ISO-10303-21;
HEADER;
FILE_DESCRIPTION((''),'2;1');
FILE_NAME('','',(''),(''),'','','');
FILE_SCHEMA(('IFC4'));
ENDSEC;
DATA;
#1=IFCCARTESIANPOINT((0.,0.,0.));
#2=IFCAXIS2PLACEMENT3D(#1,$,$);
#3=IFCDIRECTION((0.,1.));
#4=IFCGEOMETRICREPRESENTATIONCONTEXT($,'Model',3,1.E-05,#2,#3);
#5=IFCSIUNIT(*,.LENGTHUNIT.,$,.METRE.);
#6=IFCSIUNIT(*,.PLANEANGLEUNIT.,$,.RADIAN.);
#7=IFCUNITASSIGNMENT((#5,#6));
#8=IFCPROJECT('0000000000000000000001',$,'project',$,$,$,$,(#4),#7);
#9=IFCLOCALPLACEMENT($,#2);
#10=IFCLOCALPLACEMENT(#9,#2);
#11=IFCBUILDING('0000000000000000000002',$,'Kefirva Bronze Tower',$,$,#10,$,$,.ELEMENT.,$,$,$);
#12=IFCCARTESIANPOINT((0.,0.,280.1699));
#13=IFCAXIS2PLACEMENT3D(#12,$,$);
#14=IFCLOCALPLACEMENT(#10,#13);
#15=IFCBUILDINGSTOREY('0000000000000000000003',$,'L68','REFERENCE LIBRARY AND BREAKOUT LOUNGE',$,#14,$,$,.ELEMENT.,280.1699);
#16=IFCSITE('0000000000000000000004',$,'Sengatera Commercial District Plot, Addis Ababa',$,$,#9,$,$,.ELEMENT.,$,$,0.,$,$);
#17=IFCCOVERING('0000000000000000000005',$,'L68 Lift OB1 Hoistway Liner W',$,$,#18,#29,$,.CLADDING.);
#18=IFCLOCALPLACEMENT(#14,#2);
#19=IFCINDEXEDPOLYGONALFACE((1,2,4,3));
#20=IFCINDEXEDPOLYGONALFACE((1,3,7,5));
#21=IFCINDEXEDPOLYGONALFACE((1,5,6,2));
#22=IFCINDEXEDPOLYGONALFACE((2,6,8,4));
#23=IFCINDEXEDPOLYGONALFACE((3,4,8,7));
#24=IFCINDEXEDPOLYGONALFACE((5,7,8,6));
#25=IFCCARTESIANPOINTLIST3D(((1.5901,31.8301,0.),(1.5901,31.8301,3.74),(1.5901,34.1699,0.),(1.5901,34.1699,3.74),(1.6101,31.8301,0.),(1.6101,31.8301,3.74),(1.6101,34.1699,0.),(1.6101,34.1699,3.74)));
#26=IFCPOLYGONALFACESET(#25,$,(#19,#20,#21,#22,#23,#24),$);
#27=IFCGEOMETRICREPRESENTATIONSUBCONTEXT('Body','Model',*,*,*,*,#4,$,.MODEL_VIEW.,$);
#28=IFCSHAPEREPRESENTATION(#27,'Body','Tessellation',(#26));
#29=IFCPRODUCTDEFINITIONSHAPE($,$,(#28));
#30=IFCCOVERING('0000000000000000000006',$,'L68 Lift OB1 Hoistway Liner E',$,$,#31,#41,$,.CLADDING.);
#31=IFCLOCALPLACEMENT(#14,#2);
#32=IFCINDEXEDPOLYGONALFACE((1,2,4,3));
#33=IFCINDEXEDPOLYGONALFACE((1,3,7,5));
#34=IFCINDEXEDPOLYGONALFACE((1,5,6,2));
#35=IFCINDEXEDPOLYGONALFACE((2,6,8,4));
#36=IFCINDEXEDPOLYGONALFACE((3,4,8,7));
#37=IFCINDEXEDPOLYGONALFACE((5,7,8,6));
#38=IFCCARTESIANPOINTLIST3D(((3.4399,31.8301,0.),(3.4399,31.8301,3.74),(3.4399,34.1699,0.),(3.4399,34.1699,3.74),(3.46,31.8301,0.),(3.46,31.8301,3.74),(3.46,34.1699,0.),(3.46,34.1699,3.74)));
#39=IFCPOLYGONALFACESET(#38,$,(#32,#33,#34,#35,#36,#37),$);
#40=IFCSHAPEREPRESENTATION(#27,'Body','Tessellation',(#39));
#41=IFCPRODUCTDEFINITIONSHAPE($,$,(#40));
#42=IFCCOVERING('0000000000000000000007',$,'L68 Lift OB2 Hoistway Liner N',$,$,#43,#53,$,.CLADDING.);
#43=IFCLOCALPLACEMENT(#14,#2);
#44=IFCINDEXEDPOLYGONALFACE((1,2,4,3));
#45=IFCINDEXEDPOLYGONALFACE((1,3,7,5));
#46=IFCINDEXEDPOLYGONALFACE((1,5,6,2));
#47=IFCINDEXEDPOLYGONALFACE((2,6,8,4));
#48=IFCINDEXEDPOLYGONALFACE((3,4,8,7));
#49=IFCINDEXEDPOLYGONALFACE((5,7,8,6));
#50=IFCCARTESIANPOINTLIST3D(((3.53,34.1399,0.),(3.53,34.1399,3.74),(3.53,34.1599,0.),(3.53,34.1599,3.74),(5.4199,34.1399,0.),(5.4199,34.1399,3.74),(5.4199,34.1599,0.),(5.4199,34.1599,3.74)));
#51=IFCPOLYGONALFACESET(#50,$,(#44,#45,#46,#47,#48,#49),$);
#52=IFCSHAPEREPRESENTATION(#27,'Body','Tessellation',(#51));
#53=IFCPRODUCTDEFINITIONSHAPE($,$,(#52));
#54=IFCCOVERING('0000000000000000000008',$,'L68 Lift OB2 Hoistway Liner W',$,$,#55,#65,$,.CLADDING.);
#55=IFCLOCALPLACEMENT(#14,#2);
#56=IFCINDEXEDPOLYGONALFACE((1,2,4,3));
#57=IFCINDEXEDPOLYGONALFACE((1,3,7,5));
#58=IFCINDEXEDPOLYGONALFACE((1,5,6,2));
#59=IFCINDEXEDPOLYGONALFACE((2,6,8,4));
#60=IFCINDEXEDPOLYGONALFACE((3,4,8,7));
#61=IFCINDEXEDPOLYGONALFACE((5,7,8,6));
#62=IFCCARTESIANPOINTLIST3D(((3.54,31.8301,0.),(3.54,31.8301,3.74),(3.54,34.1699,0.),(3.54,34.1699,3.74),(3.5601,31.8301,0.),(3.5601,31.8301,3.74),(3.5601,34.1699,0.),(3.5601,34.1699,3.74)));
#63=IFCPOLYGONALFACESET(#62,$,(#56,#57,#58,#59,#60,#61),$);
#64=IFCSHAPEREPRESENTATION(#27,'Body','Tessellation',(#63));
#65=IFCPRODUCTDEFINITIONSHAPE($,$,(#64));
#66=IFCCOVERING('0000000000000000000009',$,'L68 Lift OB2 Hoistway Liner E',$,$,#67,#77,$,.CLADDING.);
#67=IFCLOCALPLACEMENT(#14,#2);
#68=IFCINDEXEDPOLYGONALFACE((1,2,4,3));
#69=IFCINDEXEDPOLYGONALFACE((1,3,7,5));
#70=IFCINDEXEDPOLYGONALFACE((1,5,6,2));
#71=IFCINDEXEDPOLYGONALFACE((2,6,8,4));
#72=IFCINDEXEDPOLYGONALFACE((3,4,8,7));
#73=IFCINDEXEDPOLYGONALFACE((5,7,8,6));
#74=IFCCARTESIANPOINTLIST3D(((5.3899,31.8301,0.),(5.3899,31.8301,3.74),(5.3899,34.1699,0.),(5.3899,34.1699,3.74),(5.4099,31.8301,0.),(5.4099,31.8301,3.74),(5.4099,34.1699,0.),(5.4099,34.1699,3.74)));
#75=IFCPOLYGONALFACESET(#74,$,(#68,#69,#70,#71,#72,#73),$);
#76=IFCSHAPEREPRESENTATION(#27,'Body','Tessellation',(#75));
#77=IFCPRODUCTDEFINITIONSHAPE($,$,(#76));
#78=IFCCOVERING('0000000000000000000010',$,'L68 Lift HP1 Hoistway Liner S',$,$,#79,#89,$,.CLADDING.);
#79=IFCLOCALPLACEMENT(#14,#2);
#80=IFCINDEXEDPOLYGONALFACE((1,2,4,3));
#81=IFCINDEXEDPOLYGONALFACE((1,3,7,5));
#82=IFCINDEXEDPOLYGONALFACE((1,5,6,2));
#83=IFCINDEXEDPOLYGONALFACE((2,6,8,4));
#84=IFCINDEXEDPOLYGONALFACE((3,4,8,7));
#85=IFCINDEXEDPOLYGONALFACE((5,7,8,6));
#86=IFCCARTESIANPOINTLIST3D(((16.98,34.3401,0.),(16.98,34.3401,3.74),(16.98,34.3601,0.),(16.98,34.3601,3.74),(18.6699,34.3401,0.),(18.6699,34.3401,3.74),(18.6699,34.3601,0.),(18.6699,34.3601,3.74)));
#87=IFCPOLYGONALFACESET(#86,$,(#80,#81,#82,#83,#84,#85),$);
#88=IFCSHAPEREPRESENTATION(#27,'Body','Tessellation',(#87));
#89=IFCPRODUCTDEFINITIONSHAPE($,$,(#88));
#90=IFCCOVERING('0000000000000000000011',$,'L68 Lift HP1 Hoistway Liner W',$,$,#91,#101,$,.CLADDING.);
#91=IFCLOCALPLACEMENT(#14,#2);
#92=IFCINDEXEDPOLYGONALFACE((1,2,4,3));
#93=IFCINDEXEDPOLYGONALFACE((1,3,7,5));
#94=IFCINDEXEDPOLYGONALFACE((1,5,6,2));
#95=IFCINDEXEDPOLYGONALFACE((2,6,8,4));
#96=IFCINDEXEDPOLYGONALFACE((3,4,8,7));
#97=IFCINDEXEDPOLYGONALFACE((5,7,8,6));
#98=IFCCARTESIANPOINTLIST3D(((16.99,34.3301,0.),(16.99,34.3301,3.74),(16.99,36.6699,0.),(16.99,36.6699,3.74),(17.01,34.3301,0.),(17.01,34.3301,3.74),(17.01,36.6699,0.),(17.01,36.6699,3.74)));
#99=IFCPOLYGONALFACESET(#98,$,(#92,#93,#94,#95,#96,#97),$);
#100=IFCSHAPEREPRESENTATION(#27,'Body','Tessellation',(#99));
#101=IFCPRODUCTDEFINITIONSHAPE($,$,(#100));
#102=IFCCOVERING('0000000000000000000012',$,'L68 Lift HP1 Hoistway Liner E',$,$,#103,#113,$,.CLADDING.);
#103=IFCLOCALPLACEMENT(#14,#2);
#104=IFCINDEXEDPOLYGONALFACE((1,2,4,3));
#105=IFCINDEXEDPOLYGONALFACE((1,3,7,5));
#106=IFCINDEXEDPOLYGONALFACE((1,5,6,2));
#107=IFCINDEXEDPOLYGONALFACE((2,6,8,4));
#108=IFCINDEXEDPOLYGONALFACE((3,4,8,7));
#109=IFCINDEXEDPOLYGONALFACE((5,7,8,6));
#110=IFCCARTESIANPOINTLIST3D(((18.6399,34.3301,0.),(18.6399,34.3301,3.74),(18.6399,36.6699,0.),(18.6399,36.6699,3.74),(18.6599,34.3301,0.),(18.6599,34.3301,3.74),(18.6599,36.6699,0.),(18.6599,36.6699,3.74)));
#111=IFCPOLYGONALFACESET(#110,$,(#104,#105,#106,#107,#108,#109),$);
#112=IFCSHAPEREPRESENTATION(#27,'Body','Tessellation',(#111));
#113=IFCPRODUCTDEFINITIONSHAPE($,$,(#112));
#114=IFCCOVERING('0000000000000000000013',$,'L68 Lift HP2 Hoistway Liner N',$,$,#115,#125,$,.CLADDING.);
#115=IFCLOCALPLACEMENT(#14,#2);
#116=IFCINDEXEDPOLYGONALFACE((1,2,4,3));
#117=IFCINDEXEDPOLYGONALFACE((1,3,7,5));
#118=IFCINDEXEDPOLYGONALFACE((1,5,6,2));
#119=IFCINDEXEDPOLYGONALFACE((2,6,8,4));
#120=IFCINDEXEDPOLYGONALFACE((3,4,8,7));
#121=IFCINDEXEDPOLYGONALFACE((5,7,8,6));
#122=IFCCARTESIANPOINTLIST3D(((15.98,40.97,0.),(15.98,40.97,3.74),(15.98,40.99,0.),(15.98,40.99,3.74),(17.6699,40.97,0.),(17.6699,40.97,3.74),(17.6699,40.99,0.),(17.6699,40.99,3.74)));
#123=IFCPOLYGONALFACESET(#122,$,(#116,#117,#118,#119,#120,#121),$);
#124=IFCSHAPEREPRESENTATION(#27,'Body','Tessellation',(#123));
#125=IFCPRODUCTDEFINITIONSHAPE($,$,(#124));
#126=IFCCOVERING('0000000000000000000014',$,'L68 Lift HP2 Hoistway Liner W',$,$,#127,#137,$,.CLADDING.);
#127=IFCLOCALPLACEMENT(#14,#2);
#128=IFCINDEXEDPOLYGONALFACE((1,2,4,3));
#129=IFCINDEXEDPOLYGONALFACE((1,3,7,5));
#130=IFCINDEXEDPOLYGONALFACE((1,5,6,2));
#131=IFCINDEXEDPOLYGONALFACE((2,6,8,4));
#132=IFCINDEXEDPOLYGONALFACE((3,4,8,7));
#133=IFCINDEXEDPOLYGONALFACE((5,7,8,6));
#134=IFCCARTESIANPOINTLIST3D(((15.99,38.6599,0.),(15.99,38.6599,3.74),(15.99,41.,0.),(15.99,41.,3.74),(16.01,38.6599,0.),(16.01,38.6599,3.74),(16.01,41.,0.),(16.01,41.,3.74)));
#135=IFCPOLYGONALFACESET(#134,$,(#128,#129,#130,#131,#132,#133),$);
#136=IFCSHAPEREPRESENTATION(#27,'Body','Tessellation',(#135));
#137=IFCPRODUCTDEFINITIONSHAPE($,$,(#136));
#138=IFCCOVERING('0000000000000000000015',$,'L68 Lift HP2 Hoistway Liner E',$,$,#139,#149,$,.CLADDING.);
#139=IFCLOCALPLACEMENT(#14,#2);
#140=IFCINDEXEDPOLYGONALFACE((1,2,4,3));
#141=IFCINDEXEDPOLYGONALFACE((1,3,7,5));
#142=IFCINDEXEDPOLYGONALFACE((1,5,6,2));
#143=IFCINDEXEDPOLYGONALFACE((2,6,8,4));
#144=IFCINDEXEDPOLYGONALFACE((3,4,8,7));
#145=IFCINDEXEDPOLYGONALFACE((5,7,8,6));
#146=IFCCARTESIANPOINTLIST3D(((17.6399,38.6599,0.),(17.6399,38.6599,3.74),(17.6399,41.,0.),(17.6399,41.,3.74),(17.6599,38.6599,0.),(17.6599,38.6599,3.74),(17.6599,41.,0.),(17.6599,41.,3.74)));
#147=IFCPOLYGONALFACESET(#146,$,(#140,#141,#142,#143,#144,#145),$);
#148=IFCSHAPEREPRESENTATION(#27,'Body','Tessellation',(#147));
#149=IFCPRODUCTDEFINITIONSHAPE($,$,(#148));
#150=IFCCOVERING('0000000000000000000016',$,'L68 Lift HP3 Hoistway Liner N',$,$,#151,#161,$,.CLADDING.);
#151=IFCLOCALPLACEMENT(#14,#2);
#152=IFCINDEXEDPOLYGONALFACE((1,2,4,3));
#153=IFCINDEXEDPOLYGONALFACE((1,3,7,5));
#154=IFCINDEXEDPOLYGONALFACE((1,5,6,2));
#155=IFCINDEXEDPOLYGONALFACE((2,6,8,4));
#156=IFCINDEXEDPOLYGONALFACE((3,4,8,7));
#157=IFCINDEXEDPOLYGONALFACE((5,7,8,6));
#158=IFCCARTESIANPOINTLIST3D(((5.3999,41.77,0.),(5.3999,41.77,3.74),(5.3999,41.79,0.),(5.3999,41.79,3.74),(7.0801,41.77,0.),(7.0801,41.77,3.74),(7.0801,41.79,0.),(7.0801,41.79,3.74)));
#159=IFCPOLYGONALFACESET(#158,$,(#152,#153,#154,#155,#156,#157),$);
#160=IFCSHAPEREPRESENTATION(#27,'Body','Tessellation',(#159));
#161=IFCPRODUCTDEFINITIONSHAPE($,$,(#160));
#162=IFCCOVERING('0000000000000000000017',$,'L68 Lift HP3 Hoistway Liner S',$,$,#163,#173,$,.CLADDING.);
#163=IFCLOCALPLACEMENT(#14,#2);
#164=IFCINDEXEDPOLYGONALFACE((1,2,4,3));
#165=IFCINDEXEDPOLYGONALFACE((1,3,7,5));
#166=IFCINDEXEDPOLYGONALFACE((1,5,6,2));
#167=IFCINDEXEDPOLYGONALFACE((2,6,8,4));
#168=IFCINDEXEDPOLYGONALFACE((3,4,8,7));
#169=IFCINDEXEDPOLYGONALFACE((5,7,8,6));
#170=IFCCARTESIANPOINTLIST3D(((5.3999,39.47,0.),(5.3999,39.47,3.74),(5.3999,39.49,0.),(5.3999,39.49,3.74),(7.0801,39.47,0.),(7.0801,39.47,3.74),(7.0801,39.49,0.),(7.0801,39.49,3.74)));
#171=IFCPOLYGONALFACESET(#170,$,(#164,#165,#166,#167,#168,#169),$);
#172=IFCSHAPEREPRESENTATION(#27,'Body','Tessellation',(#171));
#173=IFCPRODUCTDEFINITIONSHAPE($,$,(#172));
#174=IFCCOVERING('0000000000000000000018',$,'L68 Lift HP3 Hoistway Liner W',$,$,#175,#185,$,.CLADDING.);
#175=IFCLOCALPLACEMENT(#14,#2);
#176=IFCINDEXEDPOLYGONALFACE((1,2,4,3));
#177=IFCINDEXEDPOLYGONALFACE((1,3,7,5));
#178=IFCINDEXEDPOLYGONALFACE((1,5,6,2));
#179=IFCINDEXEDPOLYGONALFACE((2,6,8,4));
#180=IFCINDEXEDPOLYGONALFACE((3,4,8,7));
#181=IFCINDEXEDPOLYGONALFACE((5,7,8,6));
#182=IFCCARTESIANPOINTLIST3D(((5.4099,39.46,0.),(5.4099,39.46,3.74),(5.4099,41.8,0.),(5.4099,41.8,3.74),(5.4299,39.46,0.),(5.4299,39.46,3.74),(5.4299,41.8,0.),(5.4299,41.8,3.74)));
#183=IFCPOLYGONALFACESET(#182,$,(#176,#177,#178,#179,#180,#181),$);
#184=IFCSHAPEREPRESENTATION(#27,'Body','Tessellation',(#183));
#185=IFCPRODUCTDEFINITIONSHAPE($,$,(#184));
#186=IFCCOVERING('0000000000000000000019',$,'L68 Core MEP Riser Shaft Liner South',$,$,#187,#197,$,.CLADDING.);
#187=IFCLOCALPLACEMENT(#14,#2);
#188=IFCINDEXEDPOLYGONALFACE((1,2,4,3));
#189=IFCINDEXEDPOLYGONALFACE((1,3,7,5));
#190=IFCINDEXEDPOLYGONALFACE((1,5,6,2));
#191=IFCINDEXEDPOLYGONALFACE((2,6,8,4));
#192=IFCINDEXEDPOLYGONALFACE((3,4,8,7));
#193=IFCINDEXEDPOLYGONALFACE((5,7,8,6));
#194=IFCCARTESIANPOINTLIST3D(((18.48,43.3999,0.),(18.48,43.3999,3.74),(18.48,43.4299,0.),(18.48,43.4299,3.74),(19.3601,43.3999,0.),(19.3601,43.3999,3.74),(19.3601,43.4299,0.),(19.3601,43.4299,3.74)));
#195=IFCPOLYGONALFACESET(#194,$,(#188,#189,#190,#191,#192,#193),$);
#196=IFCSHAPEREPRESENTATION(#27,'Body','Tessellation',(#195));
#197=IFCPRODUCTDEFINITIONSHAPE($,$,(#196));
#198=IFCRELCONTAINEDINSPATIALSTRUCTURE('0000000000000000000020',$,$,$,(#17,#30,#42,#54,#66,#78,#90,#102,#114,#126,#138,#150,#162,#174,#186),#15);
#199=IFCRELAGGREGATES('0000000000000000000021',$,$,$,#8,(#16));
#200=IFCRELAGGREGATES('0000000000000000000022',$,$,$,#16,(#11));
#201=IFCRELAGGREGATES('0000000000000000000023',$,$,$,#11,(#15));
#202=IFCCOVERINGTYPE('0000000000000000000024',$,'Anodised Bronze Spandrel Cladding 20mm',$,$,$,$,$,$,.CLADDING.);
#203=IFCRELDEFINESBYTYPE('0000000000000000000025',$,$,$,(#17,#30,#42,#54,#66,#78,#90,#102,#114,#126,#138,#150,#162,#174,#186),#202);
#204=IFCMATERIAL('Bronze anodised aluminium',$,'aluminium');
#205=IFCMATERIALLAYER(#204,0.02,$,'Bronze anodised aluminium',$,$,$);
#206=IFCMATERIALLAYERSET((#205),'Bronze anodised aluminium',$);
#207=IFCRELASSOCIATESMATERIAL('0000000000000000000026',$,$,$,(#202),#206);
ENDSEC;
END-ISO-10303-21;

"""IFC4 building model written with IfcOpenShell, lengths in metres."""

from ifc_helpers import new_model, si_unit, direction, frame, origin, place, context, subcontext, project, spatial, polyline, outline, extrude, material, layer, layer_set, type_object, element, save


model = new_model("IFC4")

# Units and contexts
model_context = context("Model", 3, precision=1e-05, world=origin(), true_north=direction((0.0, 1.0)))
body_context = subcontext(model_context, "Body", "Model", "MODEL_VIEW")
ifc_project = project(units=[si_unit("LENGTHUNIT", "METRE"), si_unit("PLANEANGLEUNIT", "RADIAN")], contexts=[model_context])

# Site, building, storey
site_placement = place(None, origin())
site = spatial("IfcSite", under=ifc_project, at=site_placement, Name="Sengatera Commercial District Plot, Addis Ababa", CompositionType="ELEMENT", RefElevation=0.0)
building_placement = place(site_placement, origin())
building = spatial("IfcBuilding", under=site, at=building_placement, Name="Kefirva Bronze Tower", CompositionType="ELEMENT")
storey_placement = place(building_placement, frame((0.0, 0.0, 280.1699)))
storey = spatial("IfcBuildingStorey", under=building, at=storey_placement, Name="L68", Description="REFERENCE LIBRARY AND BREAKOUT LOUNGE", CompositionType="ELEMENT", Elevation=280.1699)

# Coverings
ifc_material_1 = material(Name="Bronze anodised aluminium", Category="aluminium")
ifc_layer_1 = layer(ifc_material_1, 0.02, Name="Bronze anodised aluminium")
ifc_layer_set_1 = layer_set([ifc_layer_1], Name="Bronze anodised aluminium")
covering_type_1 = type_object("IfcCoveringType", Name="Anodised Bronze Spandrel Cladding 20mm", PredefinedType="CLADDING", material=ifc_layer_set_1)
covering_1_placement = place(storey_placement, origin())
element("IfcCovering", 1, at=covering_1_placement, inside=storey, type_object=covering_type_1, Name="L68 Lift OB1 Hoistway Liner W", PredefinedType="CLADDING", context=body_context, shape_type="SweptSolid", body=[
    extrude(outline(polyline([(1.5901, 31.8301), (1.6101, 31.8301), (1.6101, 34.1699), (1.5901, 34.1699), (1.5901, 31.8301)])), origin(), (0.0, 0.0, 1.0), 3.74),
])
covering_2_placement = place(storey_placement, origin())
element("IfcCovering", 2, at=covering_2_placement, inside=storey, type_object=covering_type_1, Name="L68 Lift OB1 Hoistway Liner E", PredefinedType="CLADDING", context=body_context, shape_type="SweptSolid", body=[
    extrude(outline(polyline([(3.4399, 31.8301), (3.46, 31.8301), (3.46, 34.1699), (3.4399, 34.1699), (3.4399, 31.8301)])), origin(), (0.0, 0.0, 1.0), 3.74),
])
covering_3_placement = place(storey_placement, origin())
element("IfcCovering", 3, at=covering_3_placement, inside=storey, type_object=covering_type_1, Name="L68 Lift OB2 Hoistway Liner N", PredefinedType="CLADDING", context=body_context, shape_type="SweptSolid", body=[
    extrude(outline(polyline([(3.53, 34.1399), (5.4199, 34.1399), (5.4199, 34.1599), (3.53, 34.1599), (3.53, 34.1399)])), origin(), (0.0, 0.0, 1.0), 3.74),
])
covering_4_placement = place(storey_placement, origin())
element("IfcCovering", 4, at=covering_4_placement, inside=storey, type_object=covering_type_1, Name="L68 Lift OB2 Hoistway Liner W", PredefinedType="CLADDING", context=body_context, shape_type="SweptSolid", body=[
    extrude(outline(polyline([(3.54, 31.8301), (3.5601, 31.8301), (3.5601, 34.1699), (3.54, 34.1699), (3.54, 31.8301)])), origin(), (0.0, 0.0, 1.0), 3.74),
])
covering_5_placement = place(storey_placement, origin())
element("IfcCovering", 5, at=covering_5_placement, inside=storey, type_object=covering_type_1, Name="L68 Lift OB2 Hoistway Liner E", PredefinedType="CLADDING", context=body_context, shape_type="SweptSolid", body=[
    extrude(outline(polyline([(5.3899, 31.8301), (5.4099, 31.8301), (5.4099, 34.1699), (5.3899, 34.1699), (5.3899, 31.8301)])), origin(), (0.0, 0.0, 1.0), 3.74),
])
covering_6_placement = place(storey_placement, origin())
element("IfcCovering", 6, at=covering_6_placement, inside=storey, type_object=covering_type_1, Name="L68 Lift HP1 Hoistway Liner S", PredefinedType="CLADDING", context=body_context, shape_type="SweptSolid", body=[
    extrude(outline(polyline([(16.98, 34.3401), (18.6699, 34.3401), (18.6699, 34.3601), (16.98, 34.3601), (16.98, 34.3401)])), origin(), (0.0, 0.0, 1.0), 3.74),
])
covering_7_placement = place(storey_placement, origin())
element("IfcCovering", 7, at=covering_7_placement, inside=storey, type_object=covering_type_1, Name="L68 Lift HP1 Hoistway Liner W", PredefinedType="CLADDING", context=body_context, shape_type="SweptSolid", body=[
    extrude(outline(polyline([(16.99, 34.3301), (17.01, 34.3301), (17.01, 36.6699), (16.99, 36.6699), (16.99, 34.3301)])), origin(), (0.0, 0.0, 1.0), 3.74),
])
covering_8_placement = place(storey_placement, origin())
element("IfcCovering", 8, at=covering_8_placement, inside=storey, type_object=covering_type_1, Name="L68 Lift HP1 Hoistway Liner E", PredefinedType="CLADDING", context=body_context, shape_type="SweptSolid", body=[
    extrude(outline(polyline([(18.6399, 34.3301), (18.6599, 34.3301), (18.6599, 36.6699), (18.6399, 36.6699), (18.6399, 34.3301)])), origin(), (0.0, 0.0, 1.0), 3.74),
])
covering_9_placement = place(storey_placement, origin())
element("IfcCovering", 9, at=covering_9_placement, inside=storey, type_object=covering_type_1, Name="L68 Lift HP2 Hoistway Liner N", PredefinedType="CLADDING", context=body_context, shape_type="SweptSolid", body=[
    extrude(outline(polyline([(15.98, 40.97), (17.6699, 40.97), (17.6699, 40.99), (15.98, 40.99), (15.98, 40.97)])), origin(), (0.0, 0.0, 1.0), 3.74),
])
covering_10_placement = place(storey_placement, origin())
element("IfcCovering", 10, at=covering_10_placement, inside=storey, type_object=covering_type_1, Name="L68 Lift HP2 Hoistway Liner W", PredefinedType="CLADDING", context=body_context, shape_type="SweptSolid", body=[
    extrude(outline(polyline([(15.99, 38.6599), (16.01, 38.6599), (16.01, 41.0), (15.99, 41.0), (15.99, 38.6599)])), origin(), (0.0, 0.0, 1.0), 3.74),
])
covering_11_placement = place(storey_placement, origin())
element("IfcCovering", 11, at=covering_11_placement, inside=storey, type_object=covering_type_1, Name="L68 Lift HP2 Hoistway Liner E", PredefinedType="CLADDING", context=body_context, shape_type="SweptSolid", body=[
    extrude(outline(polyline([(17.6399, 38.6599), (17.6599, 38.6599), (17.6599, 41.0), (17.6399, 41.0), (17.6399, 38.6599)])), origin(), (0.0, 0.0, 1.0), 3.74),
])
covering_12_placement = place(storey_placement, origin())
element("IfcCovering", 12, at=covering_12_placement, inside=storey, type_object=covering_type_1, Name="L68 Lift HP3 Hoistway Liner N", PredefinedType="CLADDING", context=body_context, shape_type="SweptSolid", body=[
    extrude(outline(polyline([(5.3999, 41.77), (7.0801, 41.77), (7.0801, 41.79), (5.3999, 41.79), (5.3999, 41.77)])), origin(), (0.0, 0.0, 1.0), 3.74),
])
covering_13_placement = place(storey_placement, origin())
element("IfcCovering", 13, at=covering_13_placement, inside=storey, type_object=covering_type_1, Name="L68 Lift HP3 Hoistway Liner S", PredefinedType="CLADDING", context=body_context, shape_type="SweptSolid", body=[
    extrude(outline(polyline([(5.3999, 39.47), (7.0801, 39.47), (7.0801, 39.49), (5.3999, 39.49), (5.3999, 39.47)])), origin(), (0.0, 0.0, 1.0), 3.74),
])
covering_14_placement = place(storey_placement, origin())
element("IfcCovering", 14, at=covering_14_placement, inside=storey, type_object=covering_type_1, Name="L68 Lift HP3 Hoistway Liner W", PredefinedType="CLADDING", context=body_context, shape_type="SweptSolid", body=[
    extrude(outline(polyline([(5.4099, 39.46), (5.4299, 39.46), (5.4299, 41.8), (5.4099, 41.8), (5.4099, 39.46)])), origin(), (0.0, 0.0, 1.0), 3.74),
])
covering_15_placement = place(storey_placement, origin())
element("IfcCovering", 15, at=covering_15_placement, inside=storey, type_object=covering_type_1, Name="L68 Core MEP Riser Shaft Liner South", PredefinedType="CLADDING", context=body_context, shape_type="SweptSolid", body=[
    extrude(outline(polyline([(18.48, 43.3999), (19.3601, 43.3999), (19.3601, 43.4299), (18.48, 43.4299), (18.48, 43.3999)])), origin(), (0.0, 0.0, 1.0), 3.74),
])

save(model, "model.ifc")
